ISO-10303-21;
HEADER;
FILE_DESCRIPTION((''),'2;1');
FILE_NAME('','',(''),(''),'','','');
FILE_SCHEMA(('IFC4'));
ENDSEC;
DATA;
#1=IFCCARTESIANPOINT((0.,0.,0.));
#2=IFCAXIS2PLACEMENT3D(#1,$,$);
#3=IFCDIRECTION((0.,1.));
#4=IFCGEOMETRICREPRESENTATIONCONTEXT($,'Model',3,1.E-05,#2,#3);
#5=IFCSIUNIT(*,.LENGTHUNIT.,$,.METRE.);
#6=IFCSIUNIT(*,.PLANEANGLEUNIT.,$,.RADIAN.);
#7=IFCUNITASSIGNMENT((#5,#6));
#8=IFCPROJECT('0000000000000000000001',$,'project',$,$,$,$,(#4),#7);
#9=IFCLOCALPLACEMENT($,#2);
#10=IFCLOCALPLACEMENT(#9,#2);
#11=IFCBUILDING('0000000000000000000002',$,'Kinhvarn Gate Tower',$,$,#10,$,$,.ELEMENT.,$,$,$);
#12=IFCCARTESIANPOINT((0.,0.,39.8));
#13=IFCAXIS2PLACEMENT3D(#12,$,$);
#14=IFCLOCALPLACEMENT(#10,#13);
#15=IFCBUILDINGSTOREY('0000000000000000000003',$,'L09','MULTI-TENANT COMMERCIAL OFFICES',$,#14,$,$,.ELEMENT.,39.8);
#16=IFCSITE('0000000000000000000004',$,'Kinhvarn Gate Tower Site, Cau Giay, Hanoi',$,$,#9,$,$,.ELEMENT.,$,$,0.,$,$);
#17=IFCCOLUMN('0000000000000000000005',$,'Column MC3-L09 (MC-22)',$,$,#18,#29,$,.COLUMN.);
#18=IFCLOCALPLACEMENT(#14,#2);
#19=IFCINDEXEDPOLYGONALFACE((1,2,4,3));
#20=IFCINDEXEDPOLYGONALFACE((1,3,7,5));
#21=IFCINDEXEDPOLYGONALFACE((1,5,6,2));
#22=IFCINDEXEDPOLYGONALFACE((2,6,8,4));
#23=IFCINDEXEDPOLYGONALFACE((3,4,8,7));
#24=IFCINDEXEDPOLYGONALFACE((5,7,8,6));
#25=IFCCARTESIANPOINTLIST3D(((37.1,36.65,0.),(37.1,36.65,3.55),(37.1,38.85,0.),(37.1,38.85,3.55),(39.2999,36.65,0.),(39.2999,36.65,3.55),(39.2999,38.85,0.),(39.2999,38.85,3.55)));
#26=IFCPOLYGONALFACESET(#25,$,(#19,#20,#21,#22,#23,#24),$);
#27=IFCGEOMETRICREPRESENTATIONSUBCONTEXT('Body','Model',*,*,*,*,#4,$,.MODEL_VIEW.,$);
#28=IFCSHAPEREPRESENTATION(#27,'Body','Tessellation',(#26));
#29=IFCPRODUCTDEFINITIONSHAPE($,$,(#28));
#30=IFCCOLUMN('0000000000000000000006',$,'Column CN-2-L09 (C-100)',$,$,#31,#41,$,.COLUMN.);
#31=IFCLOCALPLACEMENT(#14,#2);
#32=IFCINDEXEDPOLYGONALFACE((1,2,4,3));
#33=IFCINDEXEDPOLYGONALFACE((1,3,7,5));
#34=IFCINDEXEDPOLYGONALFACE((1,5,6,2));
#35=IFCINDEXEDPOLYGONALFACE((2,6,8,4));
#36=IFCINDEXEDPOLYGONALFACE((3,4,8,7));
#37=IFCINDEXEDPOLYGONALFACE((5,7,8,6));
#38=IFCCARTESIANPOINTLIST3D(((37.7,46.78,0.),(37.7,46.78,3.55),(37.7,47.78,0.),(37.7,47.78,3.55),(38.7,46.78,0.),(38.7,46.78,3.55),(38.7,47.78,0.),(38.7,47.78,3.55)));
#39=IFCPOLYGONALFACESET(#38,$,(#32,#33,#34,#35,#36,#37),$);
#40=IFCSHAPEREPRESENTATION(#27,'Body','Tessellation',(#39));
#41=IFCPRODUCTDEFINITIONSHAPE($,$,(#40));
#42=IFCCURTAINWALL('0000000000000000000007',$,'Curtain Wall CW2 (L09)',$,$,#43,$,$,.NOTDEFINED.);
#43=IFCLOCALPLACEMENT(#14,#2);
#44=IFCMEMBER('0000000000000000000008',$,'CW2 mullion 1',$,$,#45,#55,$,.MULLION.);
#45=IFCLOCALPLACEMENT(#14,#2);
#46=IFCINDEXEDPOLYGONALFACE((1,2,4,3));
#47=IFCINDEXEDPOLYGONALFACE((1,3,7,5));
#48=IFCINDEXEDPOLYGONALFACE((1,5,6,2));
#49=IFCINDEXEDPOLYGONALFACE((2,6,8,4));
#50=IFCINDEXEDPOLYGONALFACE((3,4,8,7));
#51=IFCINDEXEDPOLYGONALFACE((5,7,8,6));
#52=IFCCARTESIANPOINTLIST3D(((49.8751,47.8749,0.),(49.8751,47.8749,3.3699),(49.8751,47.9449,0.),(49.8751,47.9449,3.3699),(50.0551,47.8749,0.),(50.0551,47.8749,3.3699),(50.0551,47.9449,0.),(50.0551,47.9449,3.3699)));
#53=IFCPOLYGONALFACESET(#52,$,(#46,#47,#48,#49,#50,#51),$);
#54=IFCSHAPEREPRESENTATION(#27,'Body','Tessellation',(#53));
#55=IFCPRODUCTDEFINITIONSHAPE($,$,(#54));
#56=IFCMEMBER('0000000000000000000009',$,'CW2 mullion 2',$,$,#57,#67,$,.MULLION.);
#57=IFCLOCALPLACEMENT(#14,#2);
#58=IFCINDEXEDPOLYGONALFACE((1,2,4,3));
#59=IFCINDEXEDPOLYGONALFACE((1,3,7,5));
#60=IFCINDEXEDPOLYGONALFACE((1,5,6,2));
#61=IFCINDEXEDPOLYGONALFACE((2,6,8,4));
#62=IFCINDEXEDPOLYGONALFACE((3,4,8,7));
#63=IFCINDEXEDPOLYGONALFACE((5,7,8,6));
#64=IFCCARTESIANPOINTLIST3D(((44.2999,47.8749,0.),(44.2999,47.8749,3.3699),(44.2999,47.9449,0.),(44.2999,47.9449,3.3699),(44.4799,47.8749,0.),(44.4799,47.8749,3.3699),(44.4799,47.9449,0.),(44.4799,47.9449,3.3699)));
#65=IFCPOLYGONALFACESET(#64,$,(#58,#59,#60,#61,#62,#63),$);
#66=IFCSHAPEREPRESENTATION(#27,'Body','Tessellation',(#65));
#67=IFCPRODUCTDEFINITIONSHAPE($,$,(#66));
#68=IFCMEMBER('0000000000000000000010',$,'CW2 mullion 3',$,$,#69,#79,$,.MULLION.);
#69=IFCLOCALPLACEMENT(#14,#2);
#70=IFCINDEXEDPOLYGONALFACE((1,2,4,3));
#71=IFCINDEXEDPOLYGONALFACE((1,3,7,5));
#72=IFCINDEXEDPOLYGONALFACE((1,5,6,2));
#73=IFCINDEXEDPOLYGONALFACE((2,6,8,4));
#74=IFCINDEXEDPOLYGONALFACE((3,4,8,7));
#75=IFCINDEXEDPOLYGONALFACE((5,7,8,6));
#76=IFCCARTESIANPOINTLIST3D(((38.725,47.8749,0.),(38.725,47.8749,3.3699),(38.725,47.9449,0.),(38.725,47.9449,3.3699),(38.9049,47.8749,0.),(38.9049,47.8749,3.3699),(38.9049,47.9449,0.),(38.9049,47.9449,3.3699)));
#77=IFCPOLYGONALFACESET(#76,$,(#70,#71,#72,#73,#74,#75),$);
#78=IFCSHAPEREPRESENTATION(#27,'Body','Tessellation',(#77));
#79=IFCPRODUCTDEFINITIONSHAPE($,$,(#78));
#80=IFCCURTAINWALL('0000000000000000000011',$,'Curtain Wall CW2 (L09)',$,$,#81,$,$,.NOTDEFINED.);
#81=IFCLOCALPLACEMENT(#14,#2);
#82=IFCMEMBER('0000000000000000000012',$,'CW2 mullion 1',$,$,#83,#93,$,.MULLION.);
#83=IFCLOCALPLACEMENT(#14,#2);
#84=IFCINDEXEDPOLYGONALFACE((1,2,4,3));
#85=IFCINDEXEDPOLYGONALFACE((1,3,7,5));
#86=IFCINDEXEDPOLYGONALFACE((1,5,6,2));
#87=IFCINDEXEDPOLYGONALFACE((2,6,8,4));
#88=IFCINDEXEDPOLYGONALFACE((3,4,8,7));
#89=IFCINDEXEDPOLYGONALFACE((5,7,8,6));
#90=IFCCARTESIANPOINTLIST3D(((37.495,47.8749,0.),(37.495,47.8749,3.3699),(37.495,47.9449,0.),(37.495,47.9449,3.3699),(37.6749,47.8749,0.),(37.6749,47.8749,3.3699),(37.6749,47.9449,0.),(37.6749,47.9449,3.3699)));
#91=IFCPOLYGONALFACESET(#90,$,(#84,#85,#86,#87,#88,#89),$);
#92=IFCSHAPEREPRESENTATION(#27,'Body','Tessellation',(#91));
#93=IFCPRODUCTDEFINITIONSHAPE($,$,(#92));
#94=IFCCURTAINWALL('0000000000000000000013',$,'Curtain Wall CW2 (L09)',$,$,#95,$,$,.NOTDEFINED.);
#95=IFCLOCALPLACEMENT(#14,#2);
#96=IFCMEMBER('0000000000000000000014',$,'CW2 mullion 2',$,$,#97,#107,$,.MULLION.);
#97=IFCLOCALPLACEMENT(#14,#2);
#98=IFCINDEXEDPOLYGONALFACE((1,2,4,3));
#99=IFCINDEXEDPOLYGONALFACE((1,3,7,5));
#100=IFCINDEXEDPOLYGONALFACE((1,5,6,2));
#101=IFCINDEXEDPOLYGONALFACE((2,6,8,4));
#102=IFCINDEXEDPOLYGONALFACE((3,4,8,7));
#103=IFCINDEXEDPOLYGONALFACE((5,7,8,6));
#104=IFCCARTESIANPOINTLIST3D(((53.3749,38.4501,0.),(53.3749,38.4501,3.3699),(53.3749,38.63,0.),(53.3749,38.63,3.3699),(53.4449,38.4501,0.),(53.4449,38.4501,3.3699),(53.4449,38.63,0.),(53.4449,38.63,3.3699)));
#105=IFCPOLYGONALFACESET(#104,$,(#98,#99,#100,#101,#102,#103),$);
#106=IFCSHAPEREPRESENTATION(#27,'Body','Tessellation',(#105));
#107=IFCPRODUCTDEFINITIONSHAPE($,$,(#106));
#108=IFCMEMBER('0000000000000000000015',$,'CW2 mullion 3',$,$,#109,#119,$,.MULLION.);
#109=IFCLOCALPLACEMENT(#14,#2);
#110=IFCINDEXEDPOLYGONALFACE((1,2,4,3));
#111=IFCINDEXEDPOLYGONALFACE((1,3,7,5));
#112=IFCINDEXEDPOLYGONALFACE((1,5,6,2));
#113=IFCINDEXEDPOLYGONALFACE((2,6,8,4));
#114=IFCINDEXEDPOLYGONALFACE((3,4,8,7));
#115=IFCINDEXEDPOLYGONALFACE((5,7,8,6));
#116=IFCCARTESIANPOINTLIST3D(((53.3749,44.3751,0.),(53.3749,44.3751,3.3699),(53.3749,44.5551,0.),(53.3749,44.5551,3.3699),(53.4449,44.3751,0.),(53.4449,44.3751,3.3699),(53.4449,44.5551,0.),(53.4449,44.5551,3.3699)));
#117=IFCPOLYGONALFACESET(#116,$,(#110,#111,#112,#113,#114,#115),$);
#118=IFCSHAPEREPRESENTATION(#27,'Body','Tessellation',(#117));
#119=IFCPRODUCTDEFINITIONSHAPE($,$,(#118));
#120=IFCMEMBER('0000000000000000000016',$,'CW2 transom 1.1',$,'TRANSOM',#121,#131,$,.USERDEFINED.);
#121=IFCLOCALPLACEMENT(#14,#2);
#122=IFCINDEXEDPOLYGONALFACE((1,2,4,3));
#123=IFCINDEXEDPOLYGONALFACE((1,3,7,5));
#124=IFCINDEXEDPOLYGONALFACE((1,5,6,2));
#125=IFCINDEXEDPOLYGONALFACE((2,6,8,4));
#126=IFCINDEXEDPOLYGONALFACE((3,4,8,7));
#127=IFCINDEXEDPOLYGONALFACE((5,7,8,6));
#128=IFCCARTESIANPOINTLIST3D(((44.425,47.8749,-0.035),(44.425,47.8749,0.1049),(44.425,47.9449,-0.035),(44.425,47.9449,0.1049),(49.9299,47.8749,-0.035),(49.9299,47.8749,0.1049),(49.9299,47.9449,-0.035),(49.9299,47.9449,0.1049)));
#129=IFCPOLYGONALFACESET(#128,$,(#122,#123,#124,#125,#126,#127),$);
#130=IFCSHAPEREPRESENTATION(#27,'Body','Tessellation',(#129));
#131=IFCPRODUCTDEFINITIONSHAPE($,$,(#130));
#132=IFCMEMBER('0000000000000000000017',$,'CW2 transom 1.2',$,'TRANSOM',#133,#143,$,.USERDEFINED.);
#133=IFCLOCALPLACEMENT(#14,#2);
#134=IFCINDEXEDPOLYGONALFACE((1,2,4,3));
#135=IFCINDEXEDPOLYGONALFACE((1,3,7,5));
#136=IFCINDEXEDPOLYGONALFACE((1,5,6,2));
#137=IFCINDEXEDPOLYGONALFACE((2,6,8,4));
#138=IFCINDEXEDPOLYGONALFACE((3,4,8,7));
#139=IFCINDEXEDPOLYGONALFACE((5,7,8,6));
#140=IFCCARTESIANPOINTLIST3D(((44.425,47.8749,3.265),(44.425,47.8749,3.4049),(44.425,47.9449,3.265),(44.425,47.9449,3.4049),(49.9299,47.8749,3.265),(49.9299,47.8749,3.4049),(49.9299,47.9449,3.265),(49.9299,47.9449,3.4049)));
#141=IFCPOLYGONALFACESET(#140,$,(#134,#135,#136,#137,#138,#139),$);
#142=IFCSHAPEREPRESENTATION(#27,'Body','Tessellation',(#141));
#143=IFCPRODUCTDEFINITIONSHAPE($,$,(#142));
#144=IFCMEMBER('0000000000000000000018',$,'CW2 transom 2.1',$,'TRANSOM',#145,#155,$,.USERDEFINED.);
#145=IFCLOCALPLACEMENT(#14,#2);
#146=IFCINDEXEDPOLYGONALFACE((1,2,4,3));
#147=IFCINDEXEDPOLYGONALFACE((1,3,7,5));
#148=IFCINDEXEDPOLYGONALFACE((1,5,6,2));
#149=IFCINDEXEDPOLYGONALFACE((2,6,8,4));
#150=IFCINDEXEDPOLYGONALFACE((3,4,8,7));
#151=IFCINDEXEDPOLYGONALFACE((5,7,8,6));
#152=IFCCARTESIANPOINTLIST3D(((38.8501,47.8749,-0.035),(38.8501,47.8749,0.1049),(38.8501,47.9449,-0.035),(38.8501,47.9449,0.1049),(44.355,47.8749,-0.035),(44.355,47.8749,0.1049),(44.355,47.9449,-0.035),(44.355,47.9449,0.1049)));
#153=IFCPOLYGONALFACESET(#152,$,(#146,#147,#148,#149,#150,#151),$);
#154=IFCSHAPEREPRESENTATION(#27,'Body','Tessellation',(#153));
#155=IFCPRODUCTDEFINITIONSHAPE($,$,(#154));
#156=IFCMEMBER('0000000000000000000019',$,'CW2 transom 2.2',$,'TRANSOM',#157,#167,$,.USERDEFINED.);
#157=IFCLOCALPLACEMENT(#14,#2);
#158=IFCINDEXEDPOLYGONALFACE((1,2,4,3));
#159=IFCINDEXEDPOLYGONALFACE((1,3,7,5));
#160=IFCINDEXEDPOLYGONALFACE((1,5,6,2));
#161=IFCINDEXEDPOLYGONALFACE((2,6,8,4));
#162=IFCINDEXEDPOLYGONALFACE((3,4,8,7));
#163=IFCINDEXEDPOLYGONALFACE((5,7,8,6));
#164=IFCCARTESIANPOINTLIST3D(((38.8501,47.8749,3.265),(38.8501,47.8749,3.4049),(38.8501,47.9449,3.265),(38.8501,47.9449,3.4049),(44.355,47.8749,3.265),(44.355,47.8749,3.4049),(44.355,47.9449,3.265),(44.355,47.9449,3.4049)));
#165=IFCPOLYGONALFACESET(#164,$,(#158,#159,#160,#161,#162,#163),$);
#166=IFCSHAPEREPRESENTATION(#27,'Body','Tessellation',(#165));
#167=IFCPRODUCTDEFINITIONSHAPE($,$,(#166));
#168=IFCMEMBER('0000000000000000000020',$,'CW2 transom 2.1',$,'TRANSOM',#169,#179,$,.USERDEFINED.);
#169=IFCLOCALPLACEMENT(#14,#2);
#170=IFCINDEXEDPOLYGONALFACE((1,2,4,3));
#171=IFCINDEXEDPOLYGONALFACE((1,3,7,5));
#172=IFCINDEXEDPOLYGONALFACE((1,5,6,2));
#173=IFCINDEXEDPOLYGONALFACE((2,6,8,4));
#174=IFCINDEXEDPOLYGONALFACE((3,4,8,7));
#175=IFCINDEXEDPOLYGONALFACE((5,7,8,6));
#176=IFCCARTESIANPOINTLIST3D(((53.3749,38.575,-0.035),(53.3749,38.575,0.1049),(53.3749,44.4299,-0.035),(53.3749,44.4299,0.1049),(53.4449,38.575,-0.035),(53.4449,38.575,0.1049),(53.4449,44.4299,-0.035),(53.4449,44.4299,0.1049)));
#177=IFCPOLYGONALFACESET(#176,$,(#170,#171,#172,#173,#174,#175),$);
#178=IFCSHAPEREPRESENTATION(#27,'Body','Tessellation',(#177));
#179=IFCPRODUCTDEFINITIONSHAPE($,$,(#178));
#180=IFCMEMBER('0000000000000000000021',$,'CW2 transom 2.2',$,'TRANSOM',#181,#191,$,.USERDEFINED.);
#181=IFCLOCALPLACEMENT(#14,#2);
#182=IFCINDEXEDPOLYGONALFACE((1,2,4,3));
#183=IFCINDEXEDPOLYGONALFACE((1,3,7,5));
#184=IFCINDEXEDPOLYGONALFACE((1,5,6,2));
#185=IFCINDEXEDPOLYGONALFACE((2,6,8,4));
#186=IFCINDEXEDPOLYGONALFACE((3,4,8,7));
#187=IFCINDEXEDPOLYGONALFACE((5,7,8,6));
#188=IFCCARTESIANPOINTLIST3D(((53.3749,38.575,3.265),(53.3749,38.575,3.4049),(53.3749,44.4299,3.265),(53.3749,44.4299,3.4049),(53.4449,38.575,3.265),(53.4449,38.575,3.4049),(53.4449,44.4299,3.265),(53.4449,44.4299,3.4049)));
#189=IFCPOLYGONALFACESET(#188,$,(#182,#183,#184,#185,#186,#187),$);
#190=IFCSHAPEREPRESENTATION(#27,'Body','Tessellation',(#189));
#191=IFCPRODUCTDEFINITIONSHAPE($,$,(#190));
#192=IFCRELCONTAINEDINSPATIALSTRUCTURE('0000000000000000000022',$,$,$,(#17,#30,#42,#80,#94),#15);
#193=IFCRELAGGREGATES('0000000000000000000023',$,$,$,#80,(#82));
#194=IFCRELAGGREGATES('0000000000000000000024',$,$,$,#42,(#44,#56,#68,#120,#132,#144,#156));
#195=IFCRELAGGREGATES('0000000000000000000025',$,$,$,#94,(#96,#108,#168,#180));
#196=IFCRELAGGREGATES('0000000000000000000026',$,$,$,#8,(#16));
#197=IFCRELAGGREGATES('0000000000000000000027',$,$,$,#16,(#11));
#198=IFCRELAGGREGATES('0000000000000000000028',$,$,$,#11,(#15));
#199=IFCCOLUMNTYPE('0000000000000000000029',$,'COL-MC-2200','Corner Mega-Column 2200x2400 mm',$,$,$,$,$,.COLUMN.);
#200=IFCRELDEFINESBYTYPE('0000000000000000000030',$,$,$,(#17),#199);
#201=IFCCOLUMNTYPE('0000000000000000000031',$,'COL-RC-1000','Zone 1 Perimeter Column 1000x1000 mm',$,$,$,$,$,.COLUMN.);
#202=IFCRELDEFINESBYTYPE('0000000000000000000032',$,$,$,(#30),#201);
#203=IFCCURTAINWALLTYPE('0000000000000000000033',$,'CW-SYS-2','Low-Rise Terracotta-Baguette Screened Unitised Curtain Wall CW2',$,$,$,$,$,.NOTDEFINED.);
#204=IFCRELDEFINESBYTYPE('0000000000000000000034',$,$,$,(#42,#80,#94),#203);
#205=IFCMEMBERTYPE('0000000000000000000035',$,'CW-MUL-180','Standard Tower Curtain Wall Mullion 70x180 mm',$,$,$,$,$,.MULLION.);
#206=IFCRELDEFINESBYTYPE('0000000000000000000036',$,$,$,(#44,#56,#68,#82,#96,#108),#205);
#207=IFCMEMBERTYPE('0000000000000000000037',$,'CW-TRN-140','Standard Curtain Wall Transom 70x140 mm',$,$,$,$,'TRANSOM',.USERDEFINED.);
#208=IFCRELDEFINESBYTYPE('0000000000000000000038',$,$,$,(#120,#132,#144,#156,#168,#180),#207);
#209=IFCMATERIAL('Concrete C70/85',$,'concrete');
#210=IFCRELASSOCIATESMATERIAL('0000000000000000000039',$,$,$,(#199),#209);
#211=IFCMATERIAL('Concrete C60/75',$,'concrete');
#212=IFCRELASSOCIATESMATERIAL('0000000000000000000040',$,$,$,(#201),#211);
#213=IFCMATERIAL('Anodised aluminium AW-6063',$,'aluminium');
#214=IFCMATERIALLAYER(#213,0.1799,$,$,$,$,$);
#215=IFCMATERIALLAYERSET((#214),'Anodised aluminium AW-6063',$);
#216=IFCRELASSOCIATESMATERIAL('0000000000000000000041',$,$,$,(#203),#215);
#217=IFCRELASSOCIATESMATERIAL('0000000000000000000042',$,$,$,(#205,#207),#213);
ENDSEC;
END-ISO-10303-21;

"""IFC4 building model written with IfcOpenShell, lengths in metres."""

from ifc_helpers import new_model, si_unit, direction, frame, origin, origin_2d, place, context, subcontext, project, spatial, rectangle, extrude, material, layer, layer_set, material_profile, profile_set, type_object, element, aggregate, save


model = new_model("IFC4")

# Units and contexts
model_context = context("Model", 3, precision=1e-05, world=origin(), true_north=direction((0.0, 1.0)))
body_context = subcontext(model_context, "Body", "Model", "MODEL_VIEW")
ifc_project = project(units=[si_unit("LENGTHUNIT", "METRE"), si_unit("PLANEANGLEUNIT", "RADIAN")], contexts=[model_context])

# Site, building, storey
site_placement = place(None, origin())
site = spatial("IfcSite", under=ifc_project, at=site_placement, Name="Kinhvarn Gate Tower Site, Cau Giay, Hanoi", CompositionType="ELEMENT", RefElevation=0.0)
building_placement = place(site_placement, origin())
building = spatial("IfcBuilding", under=site, at=building_placement, Name="Kinhvarn Gate Tower", CompositionType="ELEMENT")
storey_placement = place(building_placement, frame((0.0, 0.0, 39.8)))
storey = spatial("IfcBuildingStorey", under=building, at=storey_placement, Name="L09", Description="MULTI-TENANT COMMERCIAL OFFICES", CompositionType="ELEMENT", Elevation=39.8)

# Columns
ifc_material_1 = material(Name="Concrete C70/85", Category="concrete")
ifc_material_profile_1 = material_profile(ifc_material_1, rectangle(XDim=2.2, YDim=2.2, at=origin_2d()), Name="RC 2200x2200")
ifc_profile_set_1 = profile_set([ifc_material_profile_1], Name="Concrete C70/85")
column_type_1 = type_object("IfcColumnType", Name="COL-MC-2200", Description="Corner Mega-Column 2200x2400 mm", PredefinedType="COLUMN", material=ifc_profile_set_1)
column_1_placement = place(storey_placement, frame((38.2, 37.75, 0.0), z_axis=(0.0, 0.0, 1.0), x_axis=(1.0, 0.0, 0.0)))
element("IfcColumn", 1, at=column_1_placement, inside=storey, type_object=column_type_1, Name="Column MC3-L09 (MC-22)", PredefinedType="COLUMN", context=body_context, shape_type="SweptSolid", body=[
    extrude(rectangle(XDim=2.2, YDim=2.2, at=origin_2d()), origin(), (0.0, 0.0, 1.0), 3.55),
])
ifc_material_2 = material(Name="Concrete C60/75", Category="concrete")
ifc_material_profile_2 = material_profile(ifc_material_2, rectangle(XDim=1.0, YDim=1.0, at=origin_2d()), Name="RC 1000x1000")
ifc_profile_set_2 = profile_set([ifc_material_profile_2], Name="Concrete C60/75")
column_type_2 = type_object("IfcColumnType", Name="COL-RC-1000", Description="Zone 1 Perimeter Column 1000x1000 mm", PredefinedType="COLUMN", material=ifc_profile_set_2)
column_2_placement = place(storey_placement, frame((38.2, 47.28, 0.0), z_axis=(0.0, 0.0, 1.0), x_axis=(1.0, 0.0, 0.0)))
element("IfcColumn", 2, at=column_2_placement, inside=storey, type_object=column_type_2, Name="Column CN-2-L09 (C-100)", PredefinedType="COLUMN", context=body_context, shape_type="SweptSolid", body=[
    extrude(rectangle(XDim=1.0, YDim=1.0, at=origin_2d()), origin(), (0.0, 0.0, 1.0), 3.55),
])

# Curtain wall, members
ifc_material_3 = material(Name="Anodised aluminium AW-6063", Category="aluminium")
ifc_layer_1 = layer(ifc_material_3, 0.1799)
ifc_layer_set_1 = layer_set([ifc_layer_1], Name="Anodised aluminium AW-6063")
curtain_wall_type = type_object("IfcCurtainWallType", Name="CW-SYS-2", Description="Low-Rise Terracotta-Baguette Screened Unitised Curtain Wall CW2", PredefinedType="NOTDEFINED", material=ifc_layer_set_1)
curtain_wall_1_placement = place(storey_placement, origin())
curtain_wall_1 = element("IfcCurtainWall", 3, at=curtain_wall_1_placement, inside=storey, type_object=curtain_wall_type, Name="Curtain Wall CW2 (L09)", PredefinedType="NOTDEFINED")
ifc_material_profile_3 = material_profile(ifc_material_3, rectangle(XDim=0.0701, YDim=0.1799, at=origin_2d()), Name="ALU 70x180")
ifc_profile_set_3 = profile_set([ifc_material_profile_3], Name="Anodised aluminium AW-6063")
member_type_1 = type_object("IfcMemberType", Name="CW-MUL-180", Description="Standard Tower Curtain Wall Mullion 70x180 mm", PredefinedType="MULLION", material=ifc_profile_set_3)
member_1_placement = place(storey_placement, frame((49.9651, 47.9099, 0.0), z_axis=(0.0, 0.0, 1.0), x_axis=(0.0, -1.0, 0.0)))
member_1 = element("IfcMember", 4, at=member_1_placement, type_object=member_type_1, Name="CW2 mullion 1", PredefinedType="MULLION", context=body_context, shape_type="SweptSolid", body=[
    extrude(rectangle(XDim=0.0701, YDim=0.1799, at=origin_2d()), origin(), (0.0, 0.0, 1.0), 3.3699),
])
member_2_placement = place(storey_placement, frame((44.3899, 47.9099, 0.0), z_axis=(0.0, 0.0, 1.0), x_axis=(0.0, -1.0, 0.0)))
member_2 = element("IfcMember", 5, at=member_2_placement, type_object=member_type_1, Name="CW2 mullion 2", PredefinedType="MULLION", context=body_context, shape_type="SweptSolid", body=[
    extrude(rectangle(XDim=0.0701, YDim=0.1799, at=origin_2d()), origin(), (0.0, 0.0, 1.0), 3.3699),
])
member_3_placement = place(storey_placement, frame((38.8149, 47.9099, 0.0), z_axis=(0.0, 0.0, 1.0), x_axis=(0.0, -1.0, 0.0)))
member_3 = element("IfcMember", 6, at=member_3_placement, type_object=member_type_1, Name="CW2 mullion 3", PredefinedType="MULLION", context=body_context, shape_type="SweptSolid", body=[
    extrude(rectangle(XDim=0.0701, YDim=0.1799, at=origin_2d()), origin(), (0.0, 0.0, 1.0), 3.3699),
])

# Curtain wall, member
curtain_wall_2_placement = place(storey_placement, origin())
curtain_wall_2 = element("IfcCurtainWall", 7, at=curtain_wall_2_placement, inside=storey, type_object=curtain_wall_type, Name="Curtain Wall CW2 (L09)", PredefinedType="NOTDEFINED")
member_4_placement = place(storey_placement, frame((37.585, 47.9099, 0.0), z_axis=(0.0, 0.0, 1.0), x_axis=(0.0, -1.0, 0.0)))
member_4 = element("IfcMember", 8, at=member_4_placement, type_object=member_type_1, Name="CW2 mullion 1", PredefinedType="MULLION", context=body_context, shape_type="SweptSolid", body=[
    extrude(rectangle(XDim=0.0701, YDim=0.1799, at=origin_2d()), origin(), (0.0, 0.0, 1.0), 3.3699),
])
aggregate(curtain_wall_2, [member_4])

# Curtain wall, members
curtain_wall_3_placement = place(storey_placement, origin())
curtain_wall_3 = element("IfcCurtainWall", 9, at=curtain_wall_3_placement, inside=storey, type_object=curtain_wall_type, Name="Curtain Wall CW2 (L09)", PredefinedType="NOTDEFINED")
member_5_placement = place(storey_placement, frame((53.4099, 38.54, 0.0), z_axis=(0.0, 0.0, 1.0), x_axis=(-1.0, 0.0, 0.0)))
member_5 = element("IfcMember", 10, at=member_5_placement, type_object=member_type_1, Name="CW2 mullion 2", PredefinedType="MULLION", context=body_context, shape_type="SweptSolid", body=[
    extrude(rectangle(XDim=0.0701, YDim=0.1799, at=origin_2d()), origin(), (0.0, 0.0, 1.0), 3.3699),
])
member_6_placement = place(storey_placement, frame((53.4099, 44.4651, 0.0), z_axis=(0.0, 0.0, 1.0), x_axis=(-1.0, 0.0, 0.0)))
member_6 = element("IfcMember", 11, at=member_6_placement, type_object=member_type_1, Name="CW2 mullion 3", PredefinedType="MULLION", context=body_context, shape_type="SweptSolid", body=[
    extrude(rectangle(XDim=0.0701, YDim=0.1799, at=origin_2d()), origin(), (0.0, 0.0, 1.0), 3.3699),
])

# Members
ifc_material_profile_4 = material_profile(ifc_material_3, rectangle(XDim=0.0701, YDim=0.1399, at=origin_2d()), Name="ALU 70x140")
ifc_profile_set_4 = profile_set([ifc_material_profile_4], Name="Anodised aluminium AW-6063")
member_type_2 = type_object("IfcMemberType", Name="CW-TRN-140", Description="Standard Curtain Wall Transom 70x140 mm", ElementType="TRANSOM", PredefinedType="USERDEFINED", material=ifc_profile_set_4)
member_7_placement = place(storey_placement, frame((49.9299, 47.9099, 0.0349), z_axis=(-1.0, 0.0, 0.0), x_axis=(0.0, -1.0, 0.0)))
member_7 = element("IfcMember", 12, at=member_7_placement, type_object=member_type_2, Name="CW2 transom 1.1", ObjectType="TRANSOM", PredefinedType="USERDEFINED", context=body_context, shape_type="SweptSolid", body=[
    extrude(rectangle(XDim=0.0701, YDim=0.1399, at=origin_2d()), origin(), (0.0, 0.0, 1.0), 5.5049),
])
member_8_placement = place(storey_placement, frame((49.9299, 47.9099, 3.335), z_axis=(-1.0, 0.0, 0.0), x_axis=(0.0, -1.0, 0.0)))
member_8 = element("IfcMember", 13, at=member_8_placement, type_object=member_type_2, Name="CW2 transom 1.2", ObjectType="TRANSOM", PredefinedType="USERDEFINED", context=body_context, shape_type="SweptSolid", body=[
    extrude(rectangle(XDim=0.0701, YDim=0.1399, at=origin_2d()), origin(), (0.0, 0.0, 1.0), 5.5049),
])
member_9_placement = place(storey_placement, frame((44.355, 47.9099, 0.0349), z_axis=(-1.0, 0.0, 0.0), x_axis=(0.0, -1.0, 0.0)))
member_9 = element("IfcMember", 14, at=member_9_placement, type_object=member_type_2, Name="CW2 transom 2.1", ObjectType="TRANSOM", PredefinedType="USERDEFINED", context=body_context, shape_type="SweptSolid", body=[
    extrude(rectangle(XDim=0.0701, YDim=0.1399, at=origin_2d()), origin(), (0.0, 0.0, 1.0), 5.5049),
])
member_10_placement = place(storey_placement, frame((44.355, 47.9099, 3.335), z_axis=(-1.0, 0.0, 0.0), x_axis=(0.0, -1.0, 0.0)))
member_10 = element("IfcMember", 15, at=member_10_placement, type_object=member_type_2, Name="CW2 transom 2.2", ObjectType="TRANSOM", PredefinedType="USERDEFINED", context=body_context, shape_type="SweptSolid", body=[
    extrude(rectangle(XDim=0.0701, YDim=0.1399, at=origin_2d()), origin(), (0.0, 0.0, 1.0), 5.5049),
])
member_11_placement = place(storey_placement, frame((53.4099, 38.575, 0.0349), z_axis=(0.0, 1.0, 0.0), x_axis=(-1.0, 0.0, 0.0)))
member_11 = element("IfcMember", 16, at=member_11_placement, type_object=member_type_2, Name="CW2 transom 2.1", ObjectType="TRANSOM", PredefinedType="USERDEFINED", context=body_context, shape_type="SweptSolid", body=[
    extrude(rectangle(XDim=0.0701, YDim=0.1399, at=origin_2d()), origin(), (0.0, 0.0, 1.0), 5.855),
])
member_12_placement = place(storey_placement, frame((53.4099, 38.575, 3.335), z_axis=(0.0, 1.0, 0.0), x_axis=(-1.0, 0.0, 0.0)))
member_12 = element("IfcMember", 17, at=member_12_placement, type_object=member_type_2, Name="CW2 transom 2.2", ObjectType="TRANSOM", PredefinedType="USERDEFINED", context=body_context, shape_type="SweptSolid", body=[
    extrude(rectangle(XDim=0.0701, YDim=0.1399, at=origin_2d()), origin(), (0.0, 0.0, 1.0), 5.855),
])

aggregate(curtain_wall_1, [member_1, member_2, member_3, member_7, member_8, member_9, member_10])
aggregate(curtain_wall_3, [member_5, member_6, member_11, member_12])

save(model, "model.ifc")
